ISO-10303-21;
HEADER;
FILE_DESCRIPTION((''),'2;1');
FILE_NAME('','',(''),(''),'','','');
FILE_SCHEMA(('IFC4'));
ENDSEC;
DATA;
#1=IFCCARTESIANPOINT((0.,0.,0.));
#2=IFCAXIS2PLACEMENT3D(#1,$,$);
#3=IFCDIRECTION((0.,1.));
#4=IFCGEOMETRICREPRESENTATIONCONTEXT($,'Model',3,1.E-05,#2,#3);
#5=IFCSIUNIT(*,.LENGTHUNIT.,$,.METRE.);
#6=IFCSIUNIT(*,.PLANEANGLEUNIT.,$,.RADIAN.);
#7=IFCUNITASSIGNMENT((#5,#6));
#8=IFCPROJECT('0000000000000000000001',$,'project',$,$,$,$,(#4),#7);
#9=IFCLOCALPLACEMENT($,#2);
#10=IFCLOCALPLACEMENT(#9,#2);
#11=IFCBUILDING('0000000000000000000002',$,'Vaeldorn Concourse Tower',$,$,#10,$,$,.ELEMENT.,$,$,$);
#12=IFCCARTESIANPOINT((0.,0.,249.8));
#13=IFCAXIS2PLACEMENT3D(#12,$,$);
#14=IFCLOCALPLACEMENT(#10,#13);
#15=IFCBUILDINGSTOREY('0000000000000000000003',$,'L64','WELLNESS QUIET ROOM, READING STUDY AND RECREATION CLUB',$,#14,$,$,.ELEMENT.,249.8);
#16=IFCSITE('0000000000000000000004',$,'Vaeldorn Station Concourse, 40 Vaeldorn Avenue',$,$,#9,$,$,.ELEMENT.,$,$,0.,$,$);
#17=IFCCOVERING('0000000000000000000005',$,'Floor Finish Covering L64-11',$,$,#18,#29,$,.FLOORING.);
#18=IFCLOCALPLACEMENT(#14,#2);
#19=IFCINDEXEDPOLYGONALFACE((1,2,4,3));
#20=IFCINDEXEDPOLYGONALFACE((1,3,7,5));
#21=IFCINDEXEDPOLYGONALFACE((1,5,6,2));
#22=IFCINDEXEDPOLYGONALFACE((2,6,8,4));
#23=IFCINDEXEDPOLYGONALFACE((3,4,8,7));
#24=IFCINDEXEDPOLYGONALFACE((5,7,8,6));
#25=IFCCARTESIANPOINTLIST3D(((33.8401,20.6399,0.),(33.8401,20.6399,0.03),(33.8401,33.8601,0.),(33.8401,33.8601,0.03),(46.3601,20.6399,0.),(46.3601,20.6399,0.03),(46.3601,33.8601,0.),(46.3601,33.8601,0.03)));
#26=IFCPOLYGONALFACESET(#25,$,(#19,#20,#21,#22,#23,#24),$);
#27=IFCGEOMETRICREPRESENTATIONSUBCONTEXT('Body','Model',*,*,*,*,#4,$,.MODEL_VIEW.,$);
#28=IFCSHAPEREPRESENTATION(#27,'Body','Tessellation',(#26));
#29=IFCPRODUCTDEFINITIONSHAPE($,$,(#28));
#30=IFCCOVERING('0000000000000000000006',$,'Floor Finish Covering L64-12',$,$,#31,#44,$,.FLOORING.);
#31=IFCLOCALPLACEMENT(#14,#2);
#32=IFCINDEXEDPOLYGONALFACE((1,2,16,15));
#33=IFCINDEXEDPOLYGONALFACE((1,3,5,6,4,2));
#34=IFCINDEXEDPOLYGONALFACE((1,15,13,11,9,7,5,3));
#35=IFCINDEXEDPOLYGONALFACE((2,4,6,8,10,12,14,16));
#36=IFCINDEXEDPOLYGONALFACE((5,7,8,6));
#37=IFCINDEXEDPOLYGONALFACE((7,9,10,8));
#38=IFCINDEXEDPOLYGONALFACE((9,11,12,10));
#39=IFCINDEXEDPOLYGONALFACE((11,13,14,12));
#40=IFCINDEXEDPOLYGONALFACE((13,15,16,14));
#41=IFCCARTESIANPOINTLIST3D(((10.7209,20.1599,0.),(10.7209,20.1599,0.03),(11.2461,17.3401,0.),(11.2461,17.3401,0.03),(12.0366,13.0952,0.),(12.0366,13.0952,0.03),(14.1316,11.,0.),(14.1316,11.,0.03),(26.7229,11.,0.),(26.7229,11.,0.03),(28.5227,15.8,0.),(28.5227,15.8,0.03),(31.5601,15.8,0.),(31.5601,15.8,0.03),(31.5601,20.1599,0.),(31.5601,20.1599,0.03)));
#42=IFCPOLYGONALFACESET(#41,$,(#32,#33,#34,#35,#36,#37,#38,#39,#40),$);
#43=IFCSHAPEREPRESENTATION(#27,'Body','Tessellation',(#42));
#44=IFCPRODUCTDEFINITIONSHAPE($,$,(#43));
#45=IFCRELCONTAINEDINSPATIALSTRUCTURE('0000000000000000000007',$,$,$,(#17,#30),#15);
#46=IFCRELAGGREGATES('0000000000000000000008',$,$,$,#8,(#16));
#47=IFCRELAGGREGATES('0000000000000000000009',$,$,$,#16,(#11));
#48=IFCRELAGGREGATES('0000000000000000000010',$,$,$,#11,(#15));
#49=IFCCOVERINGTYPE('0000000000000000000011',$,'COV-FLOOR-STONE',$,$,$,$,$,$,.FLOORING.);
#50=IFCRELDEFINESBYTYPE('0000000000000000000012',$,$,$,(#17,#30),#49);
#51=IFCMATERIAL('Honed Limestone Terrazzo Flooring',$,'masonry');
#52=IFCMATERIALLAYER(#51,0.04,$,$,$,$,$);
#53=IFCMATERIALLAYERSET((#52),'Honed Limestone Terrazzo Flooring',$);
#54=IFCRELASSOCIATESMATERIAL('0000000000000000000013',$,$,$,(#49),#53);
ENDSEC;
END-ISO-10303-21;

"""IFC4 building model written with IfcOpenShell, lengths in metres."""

from ifc_helpers import new_model, si_unit, direction, frame, origin, place, context, subcontext, project, spatial, polyline, outline, extrude, material, layer, layer_set, type_object, element, save


model = new_model("IFC4")

# Units and contexts
model_context = context("Model", 3, precision=1e-05, world=origin(), true_north=direction((0.0, 1.0)))
body_context = subcontext(model_context, "Body", "Model", "MODEL_VIEW")
ifc_project = project(units=[si_unit("LENGTHUNIT", "METRE"), si_unit("PLANEANGLEUNIT", "RADIAN")], contexts=[model_context])

# Site, building, storey
site_placement = place(None, origin())
site = spatial("IfcSite", under=ifc_project, at=site_placement, Name="Vaeldorn Station Concourse, 40 Vaeldorn Avenue", CompositionType="ELEMENT", RefElevation=0.0)
building_placement = place(site_placement, origin())
building = spatial("IfcBuilding", under=site, at=building_placement, Name="Vaeldorn Concourse Tower", CompositionType="ELEMENT")
storey_placement = place(building_placement, frame((0.0, 0.0, 249.8)))
storey = spatial("IfcBuildingStorey", under=building, at=storey_placement, Name="L64", Description="WELLNESS QUIET ROOM, READING STUDY AND RECREATION CLUB", CompositionType="ELEMENT", Elevation=249.8)

# Coverings
ifc_material_1 = material(Name="Honed Limestone Terrazzo Flooring", Category="masonry")
ifc_layer_1 = layer(ifc_material_1, 0.04)
ifc_layer_set_1 = layer_set([ifc_layer_1], Name="Honed Limestone Terrazzo Flooring")
covering_type_1 = type_object("IfcCoveringType", Name="COV-FLOOR-STONE", PredefinedType="FLOORING", material=ifc_layer_set_1)
covering_1_placement = place(storey_placement, origin())
element("IfcCovering", 1, at=covering_1_placement, inside=storey, type_object=covering_type_1, Name="Floor Finish Covering L64-11", PredefinedType="FLOORING", context=body_context, shape_type="SweptSolid", body=[
    extrude(outline(polyline([(33.8401, 33.8601), (46.3601, 33.8601), (46.3601, 20.6399), (33.8401, 20.6399), (33.8401, 33.8601)])), origin(), (0.0, 0.0, 1.0), 0.03),
])
covering_2_placement = place(storey_placement, origin())
element("IfcCovering", 2, at=covering_2_placement, inside=storey, type_object=covering_type_1, Name="Floor Finish Covering L64-12", PredefinedType="FLOORING", context=body_context, shape_type="SweptSolid", body=[
    extrude(outline(polyline([(31.5601, 20.1599), (31.5601, 15.8), (28.5227, 15.8), (26.7229, 11.0), (14.1316, 11.0), (12.0366, 13.0952), (11.2461, 17.3401), (11.2461, 17.3401), (10.7209, 20.1599), (31.5601, 20.1599)])), origin(), (0.0, 0.0, 1.0), 0.03),
])

save(model, "model.ifc")
